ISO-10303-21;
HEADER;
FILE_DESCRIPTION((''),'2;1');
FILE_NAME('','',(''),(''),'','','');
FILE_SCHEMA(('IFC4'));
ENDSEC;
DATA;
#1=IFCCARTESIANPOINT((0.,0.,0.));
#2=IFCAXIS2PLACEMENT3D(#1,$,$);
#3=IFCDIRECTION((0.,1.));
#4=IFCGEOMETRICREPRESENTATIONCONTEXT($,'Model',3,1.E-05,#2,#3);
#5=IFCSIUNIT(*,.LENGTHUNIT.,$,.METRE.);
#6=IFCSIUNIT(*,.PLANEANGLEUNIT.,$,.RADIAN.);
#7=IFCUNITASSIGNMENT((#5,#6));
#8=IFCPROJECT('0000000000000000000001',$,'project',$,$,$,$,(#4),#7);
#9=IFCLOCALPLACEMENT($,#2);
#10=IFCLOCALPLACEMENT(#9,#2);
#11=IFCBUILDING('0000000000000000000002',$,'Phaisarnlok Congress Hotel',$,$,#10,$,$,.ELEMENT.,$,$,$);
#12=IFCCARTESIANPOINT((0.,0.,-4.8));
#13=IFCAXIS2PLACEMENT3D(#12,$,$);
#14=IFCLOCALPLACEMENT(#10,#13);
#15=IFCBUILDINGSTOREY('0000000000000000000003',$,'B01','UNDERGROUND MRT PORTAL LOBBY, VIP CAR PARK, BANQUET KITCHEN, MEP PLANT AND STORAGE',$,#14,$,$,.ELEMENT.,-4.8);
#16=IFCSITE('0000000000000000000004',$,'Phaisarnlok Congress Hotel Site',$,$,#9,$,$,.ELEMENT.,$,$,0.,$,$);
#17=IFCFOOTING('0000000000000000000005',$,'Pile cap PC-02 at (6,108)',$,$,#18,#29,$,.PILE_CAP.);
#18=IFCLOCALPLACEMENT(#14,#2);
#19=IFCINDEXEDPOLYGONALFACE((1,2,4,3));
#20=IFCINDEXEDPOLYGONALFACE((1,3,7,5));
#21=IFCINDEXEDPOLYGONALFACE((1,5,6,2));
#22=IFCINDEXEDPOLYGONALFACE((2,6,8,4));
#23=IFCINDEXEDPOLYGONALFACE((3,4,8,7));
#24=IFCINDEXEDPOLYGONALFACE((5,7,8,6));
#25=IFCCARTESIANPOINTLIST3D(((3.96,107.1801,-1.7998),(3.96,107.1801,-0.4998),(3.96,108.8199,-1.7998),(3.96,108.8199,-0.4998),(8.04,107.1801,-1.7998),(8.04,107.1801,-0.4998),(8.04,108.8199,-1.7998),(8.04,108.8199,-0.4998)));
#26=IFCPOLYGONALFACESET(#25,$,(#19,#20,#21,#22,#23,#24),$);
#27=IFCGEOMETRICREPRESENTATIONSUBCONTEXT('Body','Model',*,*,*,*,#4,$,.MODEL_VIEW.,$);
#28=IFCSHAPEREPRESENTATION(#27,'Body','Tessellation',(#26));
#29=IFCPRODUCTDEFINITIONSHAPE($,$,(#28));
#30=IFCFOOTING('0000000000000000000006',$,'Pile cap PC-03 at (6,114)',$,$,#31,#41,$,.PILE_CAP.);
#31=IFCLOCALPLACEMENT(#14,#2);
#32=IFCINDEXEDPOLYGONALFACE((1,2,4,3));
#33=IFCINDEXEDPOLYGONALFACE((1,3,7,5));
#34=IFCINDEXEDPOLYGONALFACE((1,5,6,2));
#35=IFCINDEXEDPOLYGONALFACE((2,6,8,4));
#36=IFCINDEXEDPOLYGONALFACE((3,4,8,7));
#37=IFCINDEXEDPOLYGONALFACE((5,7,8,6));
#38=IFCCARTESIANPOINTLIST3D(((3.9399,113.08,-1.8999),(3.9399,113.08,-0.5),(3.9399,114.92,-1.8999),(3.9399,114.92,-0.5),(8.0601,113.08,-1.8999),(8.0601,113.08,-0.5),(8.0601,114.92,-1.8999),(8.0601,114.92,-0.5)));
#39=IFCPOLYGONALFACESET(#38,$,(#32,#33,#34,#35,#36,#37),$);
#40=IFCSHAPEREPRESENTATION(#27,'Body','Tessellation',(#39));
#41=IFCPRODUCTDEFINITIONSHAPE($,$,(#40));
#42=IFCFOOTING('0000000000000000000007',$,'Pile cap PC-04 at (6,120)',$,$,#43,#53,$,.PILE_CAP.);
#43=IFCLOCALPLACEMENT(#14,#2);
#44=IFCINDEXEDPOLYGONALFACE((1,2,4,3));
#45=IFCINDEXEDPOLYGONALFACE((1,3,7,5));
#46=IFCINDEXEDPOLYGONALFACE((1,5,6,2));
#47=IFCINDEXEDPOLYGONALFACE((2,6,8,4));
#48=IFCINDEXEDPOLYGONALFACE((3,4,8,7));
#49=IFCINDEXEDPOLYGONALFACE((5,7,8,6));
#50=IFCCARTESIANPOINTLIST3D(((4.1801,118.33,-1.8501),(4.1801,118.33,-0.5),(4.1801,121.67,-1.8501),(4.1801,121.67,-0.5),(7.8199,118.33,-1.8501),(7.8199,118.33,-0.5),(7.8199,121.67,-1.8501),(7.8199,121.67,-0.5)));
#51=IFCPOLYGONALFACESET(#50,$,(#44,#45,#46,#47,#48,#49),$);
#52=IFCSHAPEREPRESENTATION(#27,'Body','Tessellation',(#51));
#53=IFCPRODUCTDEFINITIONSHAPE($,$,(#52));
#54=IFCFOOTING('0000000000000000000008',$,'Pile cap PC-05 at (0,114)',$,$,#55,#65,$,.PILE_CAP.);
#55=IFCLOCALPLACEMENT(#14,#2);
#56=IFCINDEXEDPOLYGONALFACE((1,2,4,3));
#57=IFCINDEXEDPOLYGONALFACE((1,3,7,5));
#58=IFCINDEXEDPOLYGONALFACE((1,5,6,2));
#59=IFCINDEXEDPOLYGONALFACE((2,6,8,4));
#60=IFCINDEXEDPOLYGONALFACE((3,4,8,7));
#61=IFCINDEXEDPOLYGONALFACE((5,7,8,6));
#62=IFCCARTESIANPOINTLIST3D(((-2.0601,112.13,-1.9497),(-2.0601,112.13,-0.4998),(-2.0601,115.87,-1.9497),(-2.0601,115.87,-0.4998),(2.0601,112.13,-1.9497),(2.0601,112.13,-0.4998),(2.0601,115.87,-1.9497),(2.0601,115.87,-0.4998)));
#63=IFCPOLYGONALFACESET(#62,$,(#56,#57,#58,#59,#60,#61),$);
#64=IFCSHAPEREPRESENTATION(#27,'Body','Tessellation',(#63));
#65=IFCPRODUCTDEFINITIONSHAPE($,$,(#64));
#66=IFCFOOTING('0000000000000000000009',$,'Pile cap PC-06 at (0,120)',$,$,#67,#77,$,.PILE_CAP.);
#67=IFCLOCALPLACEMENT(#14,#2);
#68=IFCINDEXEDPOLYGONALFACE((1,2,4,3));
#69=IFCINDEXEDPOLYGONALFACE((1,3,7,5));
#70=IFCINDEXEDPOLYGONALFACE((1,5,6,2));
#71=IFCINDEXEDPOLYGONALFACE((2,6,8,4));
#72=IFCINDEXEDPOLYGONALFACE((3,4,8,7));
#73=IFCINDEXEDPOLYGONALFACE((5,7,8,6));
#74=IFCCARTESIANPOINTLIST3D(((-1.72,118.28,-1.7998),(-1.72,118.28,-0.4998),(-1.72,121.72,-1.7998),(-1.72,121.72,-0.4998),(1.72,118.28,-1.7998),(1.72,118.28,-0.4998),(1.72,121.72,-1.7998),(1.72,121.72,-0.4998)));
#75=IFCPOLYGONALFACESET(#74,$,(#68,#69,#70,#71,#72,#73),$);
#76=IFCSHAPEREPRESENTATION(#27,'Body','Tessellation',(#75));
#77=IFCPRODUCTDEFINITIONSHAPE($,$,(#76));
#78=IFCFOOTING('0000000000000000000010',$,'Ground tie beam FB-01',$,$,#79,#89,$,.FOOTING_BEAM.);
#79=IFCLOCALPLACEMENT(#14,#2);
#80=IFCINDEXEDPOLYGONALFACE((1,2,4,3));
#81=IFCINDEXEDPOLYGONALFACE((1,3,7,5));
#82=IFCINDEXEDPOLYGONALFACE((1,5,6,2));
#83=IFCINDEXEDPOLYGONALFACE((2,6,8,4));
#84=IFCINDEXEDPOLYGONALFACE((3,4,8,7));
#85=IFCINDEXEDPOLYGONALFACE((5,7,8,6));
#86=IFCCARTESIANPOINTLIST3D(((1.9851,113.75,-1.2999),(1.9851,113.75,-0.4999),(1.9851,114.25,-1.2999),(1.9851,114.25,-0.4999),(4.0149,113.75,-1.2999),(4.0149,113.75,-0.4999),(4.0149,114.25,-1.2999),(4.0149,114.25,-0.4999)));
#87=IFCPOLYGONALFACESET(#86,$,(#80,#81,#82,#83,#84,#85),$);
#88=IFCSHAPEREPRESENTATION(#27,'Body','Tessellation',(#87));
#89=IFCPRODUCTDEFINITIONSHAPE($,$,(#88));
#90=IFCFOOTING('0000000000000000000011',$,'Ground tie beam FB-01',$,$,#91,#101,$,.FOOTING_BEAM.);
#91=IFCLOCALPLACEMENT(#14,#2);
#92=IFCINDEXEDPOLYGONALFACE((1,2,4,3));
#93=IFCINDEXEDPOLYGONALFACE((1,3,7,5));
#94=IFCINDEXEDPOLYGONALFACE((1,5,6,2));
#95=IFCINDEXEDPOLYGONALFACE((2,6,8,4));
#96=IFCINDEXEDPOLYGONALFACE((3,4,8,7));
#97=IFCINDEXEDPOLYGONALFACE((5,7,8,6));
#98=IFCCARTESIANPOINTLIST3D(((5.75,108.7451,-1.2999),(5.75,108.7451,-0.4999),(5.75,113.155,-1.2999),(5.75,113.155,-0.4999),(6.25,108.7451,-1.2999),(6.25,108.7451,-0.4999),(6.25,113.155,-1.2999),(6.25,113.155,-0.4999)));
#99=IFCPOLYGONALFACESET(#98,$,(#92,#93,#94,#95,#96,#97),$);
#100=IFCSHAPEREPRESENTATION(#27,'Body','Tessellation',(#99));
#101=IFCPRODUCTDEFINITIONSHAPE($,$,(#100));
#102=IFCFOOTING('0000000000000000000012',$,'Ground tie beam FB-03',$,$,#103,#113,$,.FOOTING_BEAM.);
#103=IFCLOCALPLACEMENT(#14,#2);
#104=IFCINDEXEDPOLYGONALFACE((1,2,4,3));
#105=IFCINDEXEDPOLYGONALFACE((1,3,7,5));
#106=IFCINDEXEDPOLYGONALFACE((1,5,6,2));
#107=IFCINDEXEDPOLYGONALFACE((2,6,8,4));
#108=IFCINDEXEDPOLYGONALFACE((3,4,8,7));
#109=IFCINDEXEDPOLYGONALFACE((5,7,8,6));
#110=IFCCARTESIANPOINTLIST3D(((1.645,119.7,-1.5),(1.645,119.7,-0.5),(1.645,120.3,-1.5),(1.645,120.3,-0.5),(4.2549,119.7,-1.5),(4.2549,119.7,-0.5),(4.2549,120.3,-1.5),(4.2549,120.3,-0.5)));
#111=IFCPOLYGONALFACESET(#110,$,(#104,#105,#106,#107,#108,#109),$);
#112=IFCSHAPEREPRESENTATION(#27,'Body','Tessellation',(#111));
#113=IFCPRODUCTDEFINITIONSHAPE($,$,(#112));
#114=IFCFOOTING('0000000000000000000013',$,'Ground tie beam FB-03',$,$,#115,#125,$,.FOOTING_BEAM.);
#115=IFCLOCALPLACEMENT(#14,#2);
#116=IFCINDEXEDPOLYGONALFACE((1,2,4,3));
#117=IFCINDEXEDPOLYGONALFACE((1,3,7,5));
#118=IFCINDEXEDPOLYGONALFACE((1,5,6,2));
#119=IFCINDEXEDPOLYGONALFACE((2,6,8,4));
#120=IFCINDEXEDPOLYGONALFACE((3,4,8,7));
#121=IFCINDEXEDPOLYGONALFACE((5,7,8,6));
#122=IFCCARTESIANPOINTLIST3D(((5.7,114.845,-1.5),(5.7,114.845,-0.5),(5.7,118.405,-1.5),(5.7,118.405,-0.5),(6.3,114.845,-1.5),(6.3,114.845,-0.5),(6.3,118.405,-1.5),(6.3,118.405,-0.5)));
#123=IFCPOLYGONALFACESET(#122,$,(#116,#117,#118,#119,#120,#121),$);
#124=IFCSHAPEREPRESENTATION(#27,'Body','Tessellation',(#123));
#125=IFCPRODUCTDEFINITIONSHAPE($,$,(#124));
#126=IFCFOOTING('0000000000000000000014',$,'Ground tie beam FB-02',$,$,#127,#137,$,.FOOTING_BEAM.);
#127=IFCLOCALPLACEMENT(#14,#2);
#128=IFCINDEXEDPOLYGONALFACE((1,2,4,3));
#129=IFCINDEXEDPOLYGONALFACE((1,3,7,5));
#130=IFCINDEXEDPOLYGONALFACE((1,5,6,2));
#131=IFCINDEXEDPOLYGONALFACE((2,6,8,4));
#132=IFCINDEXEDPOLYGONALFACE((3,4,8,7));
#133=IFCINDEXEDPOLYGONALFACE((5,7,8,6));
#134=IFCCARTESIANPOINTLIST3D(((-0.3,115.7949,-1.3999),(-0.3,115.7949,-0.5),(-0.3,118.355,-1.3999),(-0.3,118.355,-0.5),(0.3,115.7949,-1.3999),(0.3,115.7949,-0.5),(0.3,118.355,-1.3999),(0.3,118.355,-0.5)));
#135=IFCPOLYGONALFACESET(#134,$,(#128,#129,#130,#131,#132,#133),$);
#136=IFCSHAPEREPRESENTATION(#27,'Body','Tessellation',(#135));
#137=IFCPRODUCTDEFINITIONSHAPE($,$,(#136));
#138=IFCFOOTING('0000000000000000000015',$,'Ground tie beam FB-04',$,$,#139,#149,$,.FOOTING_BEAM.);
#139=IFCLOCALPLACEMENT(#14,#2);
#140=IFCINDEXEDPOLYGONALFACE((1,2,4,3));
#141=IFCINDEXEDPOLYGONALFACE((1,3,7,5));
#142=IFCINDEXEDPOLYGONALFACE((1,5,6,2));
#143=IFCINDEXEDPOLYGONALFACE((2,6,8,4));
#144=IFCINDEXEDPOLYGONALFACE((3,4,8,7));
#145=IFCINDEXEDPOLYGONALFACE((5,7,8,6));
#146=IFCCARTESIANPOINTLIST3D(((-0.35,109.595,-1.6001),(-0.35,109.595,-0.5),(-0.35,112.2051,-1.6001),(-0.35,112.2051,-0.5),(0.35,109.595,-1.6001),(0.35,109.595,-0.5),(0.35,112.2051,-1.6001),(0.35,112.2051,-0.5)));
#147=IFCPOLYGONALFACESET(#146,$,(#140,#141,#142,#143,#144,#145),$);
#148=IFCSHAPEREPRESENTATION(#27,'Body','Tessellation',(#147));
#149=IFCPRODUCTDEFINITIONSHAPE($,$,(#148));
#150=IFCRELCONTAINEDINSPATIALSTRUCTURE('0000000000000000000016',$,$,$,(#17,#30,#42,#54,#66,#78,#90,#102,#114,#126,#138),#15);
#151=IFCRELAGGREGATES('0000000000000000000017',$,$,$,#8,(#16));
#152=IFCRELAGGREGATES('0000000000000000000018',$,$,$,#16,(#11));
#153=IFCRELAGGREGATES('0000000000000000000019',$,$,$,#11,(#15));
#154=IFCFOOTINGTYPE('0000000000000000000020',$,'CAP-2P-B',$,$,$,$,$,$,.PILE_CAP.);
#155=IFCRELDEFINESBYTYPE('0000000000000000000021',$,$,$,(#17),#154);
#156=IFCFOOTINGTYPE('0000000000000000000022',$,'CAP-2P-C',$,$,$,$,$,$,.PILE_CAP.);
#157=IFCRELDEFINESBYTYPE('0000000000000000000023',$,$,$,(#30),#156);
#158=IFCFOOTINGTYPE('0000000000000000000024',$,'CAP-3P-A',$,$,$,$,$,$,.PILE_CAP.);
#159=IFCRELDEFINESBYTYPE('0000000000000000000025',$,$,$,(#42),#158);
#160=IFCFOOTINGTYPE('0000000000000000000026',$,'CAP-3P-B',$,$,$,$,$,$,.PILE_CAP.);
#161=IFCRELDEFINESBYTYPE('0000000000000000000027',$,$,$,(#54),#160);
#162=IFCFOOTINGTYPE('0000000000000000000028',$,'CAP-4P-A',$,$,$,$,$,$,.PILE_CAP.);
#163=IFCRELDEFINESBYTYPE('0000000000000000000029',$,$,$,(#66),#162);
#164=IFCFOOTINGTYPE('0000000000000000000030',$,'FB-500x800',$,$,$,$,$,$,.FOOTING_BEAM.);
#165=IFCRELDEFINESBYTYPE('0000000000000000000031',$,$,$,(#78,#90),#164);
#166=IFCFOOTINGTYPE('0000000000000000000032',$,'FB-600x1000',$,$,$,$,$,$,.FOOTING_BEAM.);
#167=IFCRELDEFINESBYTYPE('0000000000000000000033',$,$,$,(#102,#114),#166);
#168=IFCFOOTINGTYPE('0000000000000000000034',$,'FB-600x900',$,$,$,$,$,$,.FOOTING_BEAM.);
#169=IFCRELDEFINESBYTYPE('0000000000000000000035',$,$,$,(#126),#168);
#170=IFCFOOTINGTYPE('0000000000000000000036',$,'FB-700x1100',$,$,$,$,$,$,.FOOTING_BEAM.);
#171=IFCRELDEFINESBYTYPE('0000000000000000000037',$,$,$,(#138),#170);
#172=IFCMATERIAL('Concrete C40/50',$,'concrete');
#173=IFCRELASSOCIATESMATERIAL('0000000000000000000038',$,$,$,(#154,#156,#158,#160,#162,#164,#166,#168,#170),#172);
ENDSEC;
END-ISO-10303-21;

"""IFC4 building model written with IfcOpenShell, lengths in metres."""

from ifc_helpers import new_model, si_unit, direction, frame, origin, origin_2d, place, context, subcontext, project, spatial, rectangle, extrude, material, material_profile, profile_set, type_object, element, save


model = new_model("IFC4")

# Units and contexts
model_context = context("Model", 3, precision=1e-05, world=origin(), true_north=direction((0.0, 1.0)))
body_context = subcontext(model_context, "Body", "Model", "MODEL_VIEW")
ifc_project = project(units=[si_unit("LENGTHUNIT", "METRE"), si_unit("PLANEANGLEUNIT", "RADIAN")], contexts=[model_context])

# Site, building, storey
site_placement = place(None, origin())
site = spatial("IfcSite", under=ifc_project, at=site_placement, Name="Phaisarnlok Congress Hotel Site", CompositionType="ELEMENT", RefElevation=0.0)
building_placement = place(site_placement, origin())
building = spatial("IfcBuilding", under=site, at=building_placement, Name="Phaisarnlok Congress Hotel", CompositionType="ELEMENT")
storey_placement = place(building_placement, frame((0.0, 0.0, -4.8)))
storey = spatial("IfcBuildingStorey", under=building, at=storey_placement, Name="B01", Description="UNDERGROUND MRT PORTAL LOBBY, VIP CAR PARK, BANQUET KITCHEN, MEP PLANT AND STORAGE", CompositionType="ELEMENT", Elevation=-4.8)

# Footings
ifc_material_1 = material(Name="Concrete C40/50", Category="concrete")
footing_type_1 = type_object("IfcFootingType", Name="CAP-2P-B", PredefinedType="PILE_CAP", material=ifc_material_1)
footing_1_placement = place(storey_placement, frame((6.0, 108.0, -1.7998), z_axis=(0.0, 0.0, 1.0), x_axis=(1.0, 0.0, 0.0)))
element("IfcFooting", 1, at=footing_1_placement, inside=storey, type_object=footing_type_1, Name="Pile cap PC-02 at (6,108)", PredefinedType="PILE_CAP", context=body_context, shape_type="SweptSolid", body=[
    extrude(rectangle(XDim=4.0801, YDim=1.6399, at=origin_2d()), origin(), (0.0, 0.0, 1.0), 1.3),
])
footing_type_2 = type_object("IfcFootingType", Name="CAP-2P-C", PredefinedType="PILE_CAP", material=ifc_material_1)
footing_2_placement = place(storey_placement, frame((6.0, 114.0, -1.8999), z_axis=(0.0, 0.0, 1.0), x_axis=(1.0, 0.0, 0.0)))
element("IfcFooting", 2, at=footing_2_placement, inside=storey, type_object=footing_type_2, Name="Pile cap PC-03 at (6,114)", PredefinedType="PILE_CAP", context=body_context, shape_type="SweptSolid", body=[
    extrude(rectangle(XDim=4.1201, YDim=1.8401, at=origin_2d()), origin(), (0.0, 0.0, 1.0), 1.3999),
])
footing_type_3 = type_object("IfcFootingType", Name="CAP-3P-A", PredefinedType="PILE_CAP", material=ifc_material_1)
footing_3_placement = place(storey_placement, frame((6.0, 120.0, -1.8501), z_axis=(0.0, 0.0, 1.0), x_axis=(1.0, 0.0, 0.0)))
element("IfcFooting", 3, at=footing_3_placement, inside=storey, type_object=footing_type_3, Name="Pile cap PC-04 at (6,120)", PredefinedType="PILE_CAP", context=body_context, shape_type="SweptSolid", body=[
    extrude(rectangle(XDim=3.6399, YDim=3.3401, at=origin_2d()), origin(), (0.0, 0.0, 1.0), 1.3501),
])
footing_type_4 = type_object("IfcFootingType", Name="CAP-3P-B", PredefinedType="PILE_CAP", material=ifc_material_1)
footing_4_placement = place(storey_placement, frame((0.0, 114.0, -1.9497), z_axis=(0.0, 0.0, 1.0), x_axis=(1.0, 0.0, 0.0)))
element("IfcFooting", 4, at=footing_4_placement, inside=storey, type_object=footing_type_4, Name="Pile cap PC-05 at (0,114)", PredefinedType="PILE_CAP", context=body_context, shape_type="SweptSolid", body=[
    extrude(rectangle(XDim=4.1201, YDim=3.74, at=origin_2d()), origin(), (0.0, 0.0, 1.0), 1.45),
])
footing_type_5 = type_object("IfcFootingType", Name="CAP-4P-A", PredefinedType="PILE_CAP", material=ifc_material_1)
footing_5_placement = place(storey_placement, frame((0.0, 120.0, -1.7998), z_axis=(0.0, 0.0, 1.0), x_axis=(1.0, 0.0, 0.0)))
element("IfcFooting", 5, at=footing_5_placement, inside=storey, type_object=footing_type_5, Name="Pile cap PC-06 at (0,120)", PredefinedType="PILE_CAP", context=body_context, shape_type="SweptSolid", body=[
    extrude(rectangle(XDim=3.4399, YDim=3.4399, at=origin_2d()), origin(), (0.0, 0.0, 1.0), 1.3),
])
ifc_material_profile_1 = material_profile(ifc_material_1, rectangle(XDim=0.5, YDim=0.8, at=origin_2d()), Name="FB-500x800")
ifc_profile_set_1 = profile_set([ifc_material_profile_1], Name="Concrete C40/50")
footing_type_6 = type_object("IfcFootingType", Name="FB-500x800", PredefinedType="FOOTING_BEAM", material=ifc_profile_set_1)
footing_6_placement = place(storey_placement, frame((1.9851, 114.0, -0.8999), z_axis=(1.0, 0.0, 0.0), x_axis=(0.0, 1.0, 0.0)))
element("IfcFooting", 6, at=footing_6_placement, inside=storey, type_object=footing_type_6, Name="Ground tie beam FB-01", PredefinedType="FOOTING_BEAM", context=body_context, shape_type="SweptSolid", body=[
    extrude(rectangle(XDim=0.5, YDim=0.8, at=origin_2d()), origin(), (0.0, 0.0, 1.0), 2.0298),
])
footing_7_placement = place(storey_placement, frame((6.0, 108.7451, -0.8999), z_axis=(0.0, 1.0, 0.0), x_axis=(-1.0, 0.0, 0.0)))
element("IfcFooting", 7, at=footing_7_placement, inside=storey, type_object=footing_type_6, Name="Ground tie beam FB-01", PredefinedType="FOOTING_BEAM", context=body_context, shape_type="SweptSolid", body=[
    extrude(rectangle(XDim=0.5, YDim=0.8, at=origin_2d()), origin(), (0.0, 0.0, 1.0), 4.4099),
])
ifc_material_profile_2 = material_profile(ifc_material_1, rectangle(XDim=0.6001, YDim=1.0, at=origin_2d()), Name="FB-600x1000")
ifc_profile_set_2 = profile_set([ifc_material_profile_2], Name="Concrete C40/50")
footing_type_7 = type_object("IfcFootingType", Name="FB-600x1000", PredefinedType="FOOTING_BEAM", material=ifc_profile_set_2)
footing_8_placement = place(storey_placement, frame((1.645, 120.0, -1.0), z_axis=(1.0, 0.0, 0.0), x_axis=(0.0, 1.0, 0.0)))
element("IfcFooting", 8, at=footing_8_placement, inside=storey, type_object=footing_type_7, Name="Ground tie beam FB-03", PredefinedType="FOOTING_BEAM", context=body_context, shape_type="SweptSolid", body=[
    extrude(rectangle(XDim=0.6001, YDim=1.0, at=origin_2d()), origin(), (0.0, 0.0, 1.0), 2.6099),
])
footing_9_placement = place(storey_placement, frame((6.0, 114.845, -1.0), z_axis=(0.0, 1.0, 0.0), x_axis=(-1.0, 0.0, 0.0)))
element("IfcFooting", 9, at=footing_9_placement, inside=storey, type_object=footing_type_7, Name="Ground tie beam FB-03", PredefinedType="FOOTING_BEAM", context=body_context, shape_type="SweptSolid", body=[
    extrude(rectangle(XDim=0.6001, YDim=1.0, at=origin_2d()), origin(), (0.0, 0.0, 1.0), 3.5601),
])
ifc_material_profile_3 = material_profile(ifc_material_1, rectangle(XDim=0.6001, YDim=0.8999, at=origin_2d()), Name="FB-600x900")
ifc_profile_set_3 = profile_set([ifc_material_profile_3], Name="Concrete C40/50")
footing_type_8 = type_object("IfcFootingType", Name="FB-600x900", PredefinedType="FOOTING_BEAM", material=ifc_profile_set_3)
footing_10_placement = place(storey_placement, frame((0.0, 115.7949, -0.95), z_axis=(0.0, 1.0, 0.0), x_axis=(-1.0, 0.0, 0.0)))
element("IfcFooting", 10, at=footing_10_placement, inside=storey, type_object=footing_type_8, Name="Ground tie beam FB-02", PredefinedType="FOOTING_BEAM", context=body_context, shape_type="SweptSolid", body=[
    extrude(rectangle(XDim=0.6001, YDim=0.8999, at=origin_2d()), origin(), (0.0, 0.0, 1.0), 2.5601),
])
ifc_material_profile_4 = material_profile(ifc_material_1, rectangle(XDim=0.7, YDim=1.1001, at=origin_2d()), Name="FB-700x1100")
ifc_profile_set_4 = profile_set([ifc_material_profile_4], Name="Concrete C40/50")
footing_type_9 = type_object("IfcFootingType", Name="FB-700x1100", PredefinedType="FOOTING_BEAM", material=ifc_profile_set_4)
footing_11_placement = place(storey_placement, frame((0.0, 109.595, -1.05), z_axis=(0.0, 1.0, 0.0), x_axis=(-1.0, 0.0, 0.0)))
element("IfcFooting", 11, at=footing_11_placement, inside=storey, type_object=footing_type_9, Name="Ground tie beam FB-04", PredefinedType="FOOTING_BEAM", context=body_context, shape_type="SweptSolid", body=[
    extrude(rectangle(XDim=0.7, YDim=1.1001, at=origin_2d()), origin(), (0.0, 0.0, 1.0), 2.6101),
])

save(model, "model.ifc")
